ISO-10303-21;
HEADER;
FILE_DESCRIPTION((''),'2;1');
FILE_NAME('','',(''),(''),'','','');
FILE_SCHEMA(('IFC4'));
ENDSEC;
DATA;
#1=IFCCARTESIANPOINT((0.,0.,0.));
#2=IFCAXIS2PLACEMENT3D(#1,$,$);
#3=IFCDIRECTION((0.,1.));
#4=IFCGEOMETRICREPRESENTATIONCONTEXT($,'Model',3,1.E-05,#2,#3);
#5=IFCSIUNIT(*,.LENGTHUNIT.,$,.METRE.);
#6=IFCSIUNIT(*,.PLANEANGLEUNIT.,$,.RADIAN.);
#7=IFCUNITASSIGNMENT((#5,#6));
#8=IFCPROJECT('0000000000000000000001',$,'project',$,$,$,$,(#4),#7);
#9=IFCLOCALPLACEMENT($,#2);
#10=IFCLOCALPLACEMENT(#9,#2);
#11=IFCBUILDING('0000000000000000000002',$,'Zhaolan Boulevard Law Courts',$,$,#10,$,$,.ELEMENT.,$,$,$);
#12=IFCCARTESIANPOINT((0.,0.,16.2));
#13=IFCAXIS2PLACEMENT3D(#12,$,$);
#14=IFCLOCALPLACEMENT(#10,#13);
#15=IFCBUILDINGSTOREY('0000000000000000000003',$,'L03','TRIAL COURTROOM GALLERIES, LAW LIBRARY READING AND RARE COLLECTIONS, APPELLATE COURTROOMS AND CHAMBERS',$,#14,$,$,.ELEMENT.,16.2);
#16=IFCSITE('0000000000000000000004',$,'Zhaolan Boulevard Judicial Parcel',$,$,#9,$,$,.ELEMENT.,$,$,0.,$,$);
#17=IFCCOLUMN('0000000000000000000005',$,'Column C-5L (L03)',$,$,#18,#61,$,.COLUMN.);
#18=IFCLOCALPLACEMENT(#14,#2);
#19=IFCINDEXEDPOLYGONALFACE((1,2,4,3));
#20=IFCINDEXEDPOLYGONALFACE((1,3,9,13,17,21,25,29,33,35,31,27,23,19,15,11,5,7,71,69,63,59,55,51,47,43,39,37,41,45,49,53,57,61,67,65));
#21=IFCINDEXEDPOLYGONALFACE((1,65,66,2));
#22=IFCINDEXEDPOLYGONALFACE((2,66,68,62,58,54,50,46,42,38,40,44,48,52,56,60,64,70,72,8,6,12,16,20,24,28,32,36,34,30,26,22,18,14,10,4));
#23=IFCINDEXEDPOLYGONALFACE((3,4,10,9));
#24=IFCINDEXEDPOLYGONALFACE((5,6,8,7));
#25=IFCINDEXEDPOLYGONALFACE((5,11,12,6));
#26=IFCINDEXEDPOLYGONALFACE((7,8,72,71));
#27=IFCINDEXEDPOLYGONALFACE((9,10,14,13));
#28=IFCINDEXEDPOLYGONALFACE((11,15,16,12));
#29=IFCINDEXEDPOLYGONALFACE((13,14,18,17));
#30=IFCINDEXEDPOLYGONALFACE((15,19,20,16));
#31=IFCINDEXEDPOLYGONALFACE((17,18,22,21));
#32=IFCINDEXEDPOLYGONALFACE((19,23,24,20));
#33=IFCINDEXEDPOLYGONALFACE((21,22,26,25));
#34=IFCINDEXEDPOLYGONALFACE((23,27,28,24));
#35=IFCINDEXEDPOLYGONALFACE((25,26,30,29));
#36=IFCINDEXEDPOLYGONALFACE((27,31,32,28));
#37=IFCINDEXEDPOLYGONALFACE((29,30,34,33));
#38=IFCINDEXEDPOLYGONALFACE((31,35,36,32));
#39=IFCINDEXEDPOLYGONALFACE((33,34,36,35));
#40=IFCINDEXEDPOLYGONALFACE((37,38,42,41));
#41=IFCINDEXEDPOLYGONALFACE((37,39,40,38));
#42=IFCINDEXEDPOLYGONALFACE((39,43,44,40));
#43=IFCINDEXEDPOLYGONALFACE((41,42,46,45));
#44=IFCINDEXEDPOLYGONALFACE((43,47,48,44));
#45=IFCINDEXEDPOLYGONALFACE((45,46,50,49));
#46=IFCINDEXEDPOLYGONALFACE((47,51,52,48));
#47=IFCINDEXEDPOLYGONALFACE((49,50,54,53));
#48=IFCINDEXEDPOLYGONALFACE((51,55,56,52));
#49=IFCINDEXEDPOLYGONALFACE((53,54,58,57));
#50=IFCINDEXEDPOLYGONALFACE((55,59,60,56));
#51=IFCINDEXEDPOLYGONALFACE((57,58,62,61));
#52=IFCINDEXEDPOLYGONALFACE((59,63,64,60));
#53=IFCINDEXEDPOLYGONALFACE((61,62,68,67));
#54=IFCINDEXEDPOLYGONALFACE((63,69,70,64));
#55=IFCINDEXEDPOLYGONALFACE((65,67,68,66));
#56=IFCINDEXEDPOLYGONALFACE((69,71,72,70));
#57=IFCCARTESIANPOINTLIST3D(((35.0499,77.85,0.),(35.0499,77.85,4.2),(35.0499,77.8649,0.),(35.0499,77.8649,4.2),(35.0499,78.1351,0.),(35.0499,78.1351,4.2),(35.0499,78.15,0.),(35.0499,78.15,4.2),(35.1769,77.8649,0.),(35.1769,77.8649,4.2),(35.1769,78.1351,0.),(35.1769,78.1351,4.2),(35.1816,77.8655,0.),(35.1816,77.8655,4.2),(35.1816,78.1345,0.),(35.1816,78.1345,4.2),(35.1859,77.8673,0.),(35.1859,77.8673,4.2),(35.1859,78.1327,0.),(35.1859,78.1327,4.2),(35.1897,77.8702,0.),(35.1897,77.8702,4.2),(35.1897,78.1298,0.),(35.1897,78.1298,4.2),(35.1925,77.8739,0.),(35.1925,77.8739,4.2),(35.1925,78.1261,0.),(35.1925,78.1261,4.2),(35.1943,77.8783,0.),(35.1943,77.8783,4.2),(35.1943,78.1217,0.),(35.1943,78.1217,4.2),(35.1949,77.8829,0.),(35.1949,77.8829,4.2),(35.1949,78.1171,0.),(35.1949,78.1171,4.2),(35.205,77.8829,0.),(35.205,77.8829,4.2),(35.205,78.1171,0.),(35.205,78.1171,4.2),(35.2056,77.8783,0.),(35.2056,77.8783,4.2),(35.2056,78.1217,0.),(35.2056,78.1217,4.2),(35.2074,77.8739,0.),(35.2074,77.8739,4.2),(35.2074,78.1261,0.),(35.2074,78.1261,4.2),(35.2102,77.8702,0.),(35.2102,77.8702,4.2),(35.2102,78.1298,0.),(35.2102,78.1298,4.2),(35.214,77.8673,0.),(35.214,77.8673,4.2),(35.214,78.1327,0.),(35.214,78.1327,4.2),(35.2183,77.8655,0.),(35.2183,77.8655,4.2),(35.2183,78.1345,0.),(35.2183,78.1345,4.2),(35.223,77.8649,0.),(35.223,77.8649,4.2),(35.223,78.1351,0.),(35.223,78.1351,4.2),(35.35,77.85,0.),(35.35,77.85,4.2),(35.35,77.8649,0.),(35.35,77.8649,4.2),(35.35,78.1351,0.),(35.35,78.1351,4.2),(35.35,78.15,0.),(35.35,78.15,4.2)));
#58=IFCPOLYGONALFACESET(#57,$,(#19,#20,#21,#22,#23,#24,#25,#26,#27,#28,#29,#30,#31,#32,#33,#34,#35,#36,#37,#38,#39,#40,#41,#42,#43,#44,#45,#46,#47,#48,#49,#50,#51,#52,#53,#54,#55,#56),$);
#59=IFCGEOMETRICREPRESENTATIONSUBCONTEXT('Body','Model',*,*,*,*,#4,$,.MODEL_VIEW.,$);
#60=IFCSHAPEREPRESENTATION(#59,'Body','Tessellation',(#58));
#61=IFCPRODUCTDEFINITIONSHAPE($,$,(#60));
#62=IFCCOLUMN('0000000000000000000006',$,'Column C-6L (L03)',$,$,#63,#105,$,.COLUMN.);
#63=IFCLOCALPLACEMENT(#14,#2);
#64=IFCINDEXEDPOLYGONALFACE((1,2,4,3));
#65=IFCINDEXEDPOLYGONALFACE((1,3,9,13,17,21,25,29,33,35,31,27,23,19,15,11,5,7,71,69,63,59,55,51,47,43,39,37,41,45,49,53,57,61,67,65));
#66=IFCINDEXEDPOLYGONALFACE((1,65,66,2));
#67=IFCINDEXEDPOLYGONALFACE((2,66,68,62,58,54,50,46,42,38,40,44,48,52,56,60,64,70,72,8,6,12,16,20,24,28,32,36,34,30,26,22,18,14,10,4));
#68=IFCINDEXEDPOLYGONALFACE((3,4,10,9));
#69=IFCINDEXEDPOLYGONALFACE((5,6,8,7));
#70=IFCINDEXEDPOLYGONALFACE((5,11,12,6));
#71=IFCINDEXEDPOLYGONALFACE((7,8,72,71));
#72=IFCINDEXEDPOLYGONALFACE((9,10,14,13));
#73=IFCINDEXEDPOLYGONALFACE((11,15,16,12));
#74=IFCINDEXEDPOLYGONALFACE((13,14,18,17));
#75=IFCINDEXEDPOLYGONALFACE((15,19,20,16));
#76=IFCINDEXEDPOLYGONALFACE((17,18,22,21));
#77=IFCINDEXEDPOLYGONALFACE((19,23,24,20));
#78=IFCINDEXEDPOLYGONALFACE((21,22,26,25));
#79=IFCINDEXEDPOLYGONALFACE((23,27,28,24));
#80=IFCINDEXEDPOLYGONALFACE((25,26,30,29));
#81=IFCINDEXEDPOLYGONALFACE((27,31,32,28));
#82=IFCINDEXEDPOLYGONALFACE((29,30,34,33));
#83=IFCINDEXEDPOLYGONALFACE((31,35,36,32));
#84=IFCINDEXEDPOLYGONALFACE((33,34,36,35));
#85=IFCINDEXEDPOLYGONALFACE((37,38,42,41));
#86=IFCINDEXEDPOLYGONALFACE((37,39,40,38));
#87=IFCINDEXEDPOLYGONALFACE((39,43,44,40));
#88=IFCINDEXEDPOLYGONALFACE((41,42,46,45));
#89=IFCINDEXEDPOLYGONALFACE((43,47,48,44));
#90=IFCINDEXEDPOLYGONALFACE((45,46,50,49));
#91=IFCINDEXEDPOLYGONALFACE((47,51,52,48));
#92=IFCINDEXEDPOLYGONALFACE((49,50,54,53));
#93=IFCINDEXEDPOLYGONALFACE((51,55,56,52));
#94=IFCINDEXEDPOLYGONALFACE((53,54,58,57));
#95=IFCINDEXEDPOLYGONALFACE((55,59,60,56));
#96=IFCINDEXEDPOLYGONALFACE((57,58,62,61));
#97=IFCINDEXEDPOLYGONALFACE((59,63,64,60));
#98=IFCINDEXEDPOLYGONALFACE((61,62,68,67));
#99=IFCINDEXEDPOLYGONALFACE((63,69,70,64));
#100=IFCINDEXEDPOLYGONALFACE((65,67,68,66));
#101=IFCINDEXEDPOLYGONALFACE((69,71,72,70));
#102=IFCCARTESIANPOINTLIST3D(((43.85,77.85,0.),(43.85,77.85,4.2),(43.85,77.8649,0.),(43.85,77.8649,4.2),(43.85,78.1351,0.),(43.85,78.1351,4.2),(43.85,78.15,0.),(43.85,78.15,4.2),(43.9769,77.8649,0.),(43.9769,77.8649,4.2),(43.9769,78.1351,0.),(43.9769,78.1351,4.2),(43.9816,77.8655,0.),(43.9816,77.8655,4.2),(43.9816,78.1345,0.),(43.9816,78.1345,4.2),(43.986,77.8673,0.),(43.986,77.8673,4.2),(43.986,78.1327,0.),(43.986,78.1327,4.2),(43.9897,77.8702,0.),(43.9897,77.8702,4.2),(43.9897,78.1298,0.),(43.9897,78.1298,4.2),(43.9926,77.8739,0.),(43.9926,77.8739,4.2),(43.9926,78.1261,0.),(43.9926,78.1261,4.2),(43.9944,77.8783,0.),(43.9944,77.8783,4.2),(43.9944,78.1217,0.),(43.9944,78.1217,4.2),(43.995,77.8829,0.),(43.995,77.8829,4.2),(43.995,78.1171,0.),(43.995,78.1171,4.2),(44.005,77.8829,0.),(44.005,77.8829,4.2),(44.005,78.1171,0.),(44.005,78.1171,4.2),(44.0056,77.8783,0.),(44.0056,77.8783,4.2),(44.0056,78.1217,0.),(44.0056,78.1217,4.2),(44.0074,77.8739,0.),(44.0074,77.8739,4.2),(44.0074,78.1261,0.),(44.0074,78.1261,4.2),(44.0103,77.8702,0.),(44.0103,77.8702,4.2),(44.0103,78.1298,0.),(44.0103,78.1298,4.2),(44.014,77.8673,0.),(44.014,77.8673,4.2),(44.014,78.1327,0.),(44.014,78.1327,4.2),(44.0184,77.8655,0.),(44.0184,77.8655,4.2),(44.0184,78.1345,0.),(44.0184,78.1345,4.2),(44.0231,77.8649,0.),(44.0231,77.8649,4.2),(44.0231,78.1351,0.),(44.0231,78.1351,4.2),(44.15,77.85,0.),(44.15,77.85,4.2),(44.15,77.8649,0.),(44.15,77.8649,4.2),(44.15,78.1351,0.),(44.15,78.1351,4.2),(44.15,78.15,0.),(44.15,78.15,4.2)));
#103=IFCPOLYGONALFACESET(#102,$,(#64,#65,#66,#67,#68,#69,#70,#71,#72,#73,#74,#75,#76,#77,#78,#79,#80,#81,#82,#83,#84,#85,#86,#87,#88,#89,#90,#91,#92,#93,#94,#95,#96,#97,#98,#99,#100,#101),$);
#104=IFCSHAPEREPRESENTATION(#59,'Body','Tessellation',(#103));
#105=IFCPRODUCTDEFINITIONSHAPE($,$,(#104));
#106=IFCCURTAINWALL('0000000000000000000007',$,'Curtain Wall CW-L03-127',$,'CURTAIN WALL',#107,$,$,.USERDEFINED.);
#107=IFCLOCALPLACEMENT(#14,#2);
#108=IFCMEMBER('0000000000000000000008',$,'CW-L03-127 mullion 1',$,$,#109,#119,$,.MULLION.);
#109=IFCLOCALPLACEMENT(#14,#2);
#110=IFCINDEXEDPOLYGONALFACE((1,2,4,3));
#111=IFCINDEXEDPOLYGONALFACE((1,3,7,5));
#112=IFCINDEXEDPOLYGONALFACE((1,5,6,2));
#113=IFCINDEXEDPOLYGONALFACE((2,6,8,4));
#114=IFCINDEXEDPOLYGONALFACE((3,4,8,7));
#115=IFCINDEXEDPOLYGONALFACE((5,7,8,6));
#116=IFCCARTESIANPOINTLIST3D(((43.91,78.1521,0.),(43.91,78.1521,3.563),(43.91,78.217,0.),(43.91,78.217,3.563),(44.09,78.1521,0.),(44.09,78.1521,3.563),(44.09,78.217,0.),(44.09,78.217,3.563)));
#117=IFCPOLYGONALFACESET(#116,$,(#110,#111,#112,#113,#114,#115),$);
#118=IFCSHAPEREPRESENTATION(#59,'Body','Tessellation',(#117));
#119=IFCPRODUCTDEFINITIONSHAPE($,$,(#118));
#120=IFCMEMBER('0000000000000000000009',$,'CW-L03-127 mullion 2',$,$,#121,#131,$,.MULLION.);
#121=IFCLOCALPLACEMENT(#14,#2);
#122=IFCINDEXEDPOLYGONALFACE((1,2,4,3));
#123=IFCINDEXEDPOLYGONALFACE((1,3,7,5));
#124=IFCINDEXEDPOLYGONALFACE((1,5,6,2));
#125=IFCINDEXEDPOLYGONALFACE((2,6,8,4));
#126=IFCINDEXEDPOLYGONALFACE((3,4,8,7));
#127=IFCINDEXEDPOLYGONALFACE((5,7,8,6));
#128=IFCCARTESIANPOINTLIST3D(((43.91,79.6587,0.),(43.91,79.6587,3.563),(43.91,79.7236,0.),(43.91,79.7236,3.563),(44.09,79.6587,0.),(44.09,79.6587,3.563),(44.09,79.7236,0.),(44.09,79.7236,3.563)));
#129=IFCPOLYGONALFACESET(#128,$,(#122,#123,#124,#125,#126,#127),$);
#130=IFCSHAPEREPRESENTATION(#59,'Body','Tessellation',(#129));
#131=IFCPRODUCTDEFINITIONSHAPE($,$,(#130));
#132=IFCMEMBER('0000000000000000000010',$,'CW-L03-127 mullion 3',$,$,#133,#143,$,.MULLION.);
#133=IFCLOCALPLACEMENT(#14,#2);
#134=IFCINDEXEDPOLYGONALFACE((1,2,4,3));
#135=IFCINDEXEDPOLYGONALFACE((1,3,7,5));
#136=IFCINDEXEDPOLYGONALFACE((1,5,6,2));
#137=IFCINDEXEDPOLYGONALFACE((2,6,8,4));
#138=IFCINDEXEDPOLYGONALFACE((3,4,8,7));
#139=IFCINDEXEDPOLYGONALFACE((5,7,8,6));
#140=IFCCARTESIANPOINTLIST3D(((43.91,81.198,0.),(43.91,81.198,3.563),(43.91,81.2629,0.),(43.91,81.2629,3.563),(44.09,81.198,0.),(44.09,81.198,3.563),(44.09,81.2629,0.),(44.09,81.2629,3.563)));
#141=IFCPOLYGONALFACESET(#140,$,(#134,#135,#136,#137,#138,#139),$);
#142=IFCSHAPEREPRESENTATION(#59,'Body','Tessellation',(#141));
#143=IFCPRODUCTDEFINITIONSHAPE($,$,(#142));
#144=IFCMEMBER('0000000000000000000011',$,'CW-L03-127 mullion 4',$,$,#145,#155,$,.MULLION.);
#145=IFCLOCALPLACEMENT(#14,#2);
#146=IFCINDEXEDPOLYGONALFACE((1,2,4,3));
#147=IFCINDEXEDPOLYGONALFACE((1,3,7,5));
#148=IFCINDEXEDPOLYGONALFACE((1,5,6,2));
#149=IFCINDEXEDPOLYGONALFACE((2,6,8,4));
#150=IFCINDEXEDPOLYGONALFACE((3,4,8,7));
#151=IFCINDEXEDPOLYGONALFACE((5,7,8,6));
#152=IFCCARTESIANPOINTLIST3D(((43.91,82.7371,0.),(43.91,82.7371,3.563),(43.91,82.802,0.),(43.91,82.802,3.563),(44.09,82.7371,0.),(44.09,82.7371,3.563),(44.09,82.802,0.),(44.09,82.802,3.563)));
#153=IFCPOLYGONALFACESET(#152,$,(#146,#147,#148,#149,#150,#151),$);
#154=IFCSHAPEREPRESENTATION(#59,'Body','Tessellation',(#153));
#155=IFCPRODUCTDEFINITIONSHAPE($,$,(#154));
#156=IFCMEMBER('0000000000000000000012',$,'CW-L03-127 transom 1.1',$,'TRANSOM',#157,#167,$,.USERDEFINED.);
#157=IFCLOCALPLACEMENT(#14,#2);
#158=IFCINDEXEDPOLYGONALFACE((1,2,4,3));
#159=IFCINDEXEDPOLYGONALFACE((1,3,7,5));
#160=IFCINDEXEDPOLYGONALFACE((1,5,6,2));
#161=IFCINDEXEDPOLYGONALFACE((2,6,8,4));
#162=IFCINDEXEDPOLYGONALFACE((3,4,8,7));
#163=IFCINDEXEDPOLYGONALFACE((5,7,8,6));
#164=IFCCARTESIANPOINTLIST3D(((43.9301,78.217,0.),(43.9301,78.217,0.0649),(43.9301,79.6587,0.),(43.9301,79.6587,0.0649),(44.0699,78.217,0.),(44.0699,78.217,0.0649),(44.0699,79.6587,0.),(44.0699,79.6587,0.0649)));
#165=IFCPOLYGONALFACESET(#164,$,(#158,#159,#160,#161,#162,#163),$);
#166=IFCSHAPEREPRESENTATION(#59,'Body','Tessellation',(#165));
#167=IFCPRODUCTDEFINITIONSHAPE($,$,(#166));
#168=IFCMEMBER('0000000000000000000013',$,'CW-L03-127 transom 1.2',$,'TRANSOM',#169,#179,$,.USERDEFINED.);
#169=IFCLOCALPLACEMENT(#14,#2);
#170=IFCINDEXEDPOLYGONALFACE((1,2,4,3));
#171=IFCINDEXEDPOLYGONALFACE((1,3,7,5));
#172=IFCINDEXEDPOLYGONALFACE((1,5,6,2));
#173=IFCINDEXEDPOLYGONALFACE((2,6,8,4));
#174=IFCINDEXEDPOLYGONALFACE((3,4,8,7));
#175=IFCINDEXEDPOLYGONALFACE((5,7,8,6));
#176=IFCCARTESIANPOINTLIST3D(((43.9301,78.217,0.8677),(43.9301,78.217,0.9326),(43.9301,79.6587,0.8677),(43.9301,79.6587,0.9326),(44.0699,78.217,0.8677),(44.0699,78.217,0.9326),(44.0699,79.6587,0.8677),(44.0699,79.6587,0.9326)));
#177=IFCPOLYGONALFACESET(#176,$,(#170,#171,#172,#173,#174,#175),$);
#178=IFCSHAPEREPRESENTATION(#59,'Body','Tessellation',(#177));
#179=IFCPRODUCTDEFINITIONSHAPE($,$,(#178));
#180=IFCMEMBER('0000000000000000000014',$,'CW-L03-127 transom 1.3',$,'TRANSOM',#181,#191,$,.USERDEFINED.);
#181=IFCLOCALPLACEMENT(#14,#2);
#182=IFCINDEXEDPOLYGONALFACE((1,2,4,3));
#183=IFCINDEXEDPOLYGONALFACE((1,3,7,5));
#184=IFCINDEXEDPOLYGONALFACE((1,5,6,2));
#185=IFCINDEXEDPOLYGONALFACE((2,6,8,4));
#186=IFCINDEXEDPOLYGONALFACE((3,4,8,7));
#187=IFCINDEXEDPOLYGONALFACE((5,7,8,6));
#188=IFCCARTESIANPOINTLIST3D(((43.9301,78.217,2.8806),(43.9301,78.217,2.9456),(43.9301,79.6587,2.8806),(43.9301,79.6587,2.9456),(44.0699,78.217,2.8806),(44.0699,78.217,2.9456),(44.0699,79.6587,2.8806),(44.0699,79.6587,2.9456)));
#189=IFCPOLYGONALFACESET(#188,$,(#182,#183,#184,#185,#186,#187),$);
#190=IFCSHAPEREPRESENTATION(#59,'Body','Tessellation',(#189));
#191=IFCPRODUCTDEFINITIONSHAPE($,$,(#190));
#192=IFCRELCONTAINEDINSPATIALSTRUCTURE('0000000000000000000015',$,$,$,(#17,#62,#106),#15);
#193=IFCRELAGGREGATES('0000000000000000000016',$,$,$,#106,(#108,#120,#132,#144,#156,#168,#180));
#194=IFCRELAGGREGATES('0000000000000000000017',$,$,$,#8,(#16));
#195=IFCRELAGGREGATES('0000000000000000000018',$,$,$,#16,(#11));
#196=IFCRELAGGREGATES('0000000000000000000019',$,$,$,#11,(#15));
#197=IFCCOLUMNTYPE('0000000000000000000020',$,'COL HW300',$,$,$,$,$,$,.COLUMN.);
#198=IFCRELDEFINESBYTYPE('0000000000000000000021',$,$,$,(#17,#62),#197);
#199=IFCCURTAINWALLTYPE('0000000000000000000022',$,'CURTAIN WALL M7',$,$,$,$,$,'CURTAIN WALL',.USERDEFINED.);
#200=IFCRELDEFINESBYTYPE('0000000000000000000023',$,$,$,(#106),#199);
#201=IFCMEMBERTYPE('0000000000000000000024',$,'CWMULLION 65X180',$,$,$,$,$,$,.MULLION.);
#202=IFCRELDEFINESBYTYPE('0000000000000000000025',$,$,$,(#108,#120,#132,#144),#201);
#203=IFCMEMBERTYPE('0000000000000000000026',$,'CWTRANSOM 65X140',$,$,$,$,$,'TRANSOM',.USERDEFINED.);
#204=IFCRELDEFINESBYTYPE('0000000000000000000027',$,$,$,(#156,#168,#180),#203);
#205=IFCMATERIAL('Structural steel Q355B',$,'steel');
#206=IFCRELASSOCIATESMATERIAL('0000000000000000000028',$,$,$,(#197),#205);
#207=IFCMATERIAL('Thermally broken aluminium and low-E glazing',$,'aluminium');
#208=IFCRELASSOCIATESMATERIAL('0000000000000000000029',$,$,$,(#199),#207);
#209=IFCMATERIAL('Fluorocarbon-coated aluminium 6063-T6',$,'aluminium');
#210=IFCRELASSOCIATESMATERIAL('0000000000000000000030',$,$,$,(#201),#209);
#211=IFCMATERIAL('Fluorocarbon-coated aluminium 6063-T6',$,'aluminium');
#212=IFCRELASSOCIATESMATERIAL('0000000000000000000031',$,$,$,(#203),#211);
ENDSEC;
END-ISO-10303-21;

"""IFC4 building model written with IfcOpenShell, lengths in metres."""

from ifc_helpers import new_model, si_unit, direction, frame, origin, origin_2d, place, context, subcontext, project, spatial, rectangle, i_section, extrude, material, material_profile, profile_set, type_object, element, aggregate, save


model = new_model("IFC4")

# Units and contexts
model_context = context("Model", 3, precision=1e-05, world=origin(), true_north=direction((0.0, 1.0)))
body_context = subcontext(model_context, "Body", "Model", "MODEL_VIEW")
ifc_project = project(units=[si_unit("LENGTHUNIT", "METRE"), si_unit("PLANEANGLEUNIT", "RADIAN")], contexts=[model_context])

# Site, building, storey
site_placement = place(None, origin())
site = spatial("IfcSite", under=ifc_project, at=site_placement, Name="Zhaolan Boulevard Judicial Parcel", CompositionType="ELEMENT", RefElevation=0.0)
building_placement = place(site_placement, origin())
building = spatial("IfcBuilding", under=site, at=building_placement, Name="Zhaolan Boulevard Law Courts", CompositionType="ELEMENT")
storey_placement = place(building_placement, frame((0.0, 0.0, 16.2)))
storey = spatial("IfcBuildingStorey", under=building, at=storey_placement, Name="L03", Description="TRIAL COURTROOM GALLERIES, LAW LIBRARY READING AND RARE COLLECTIONS, APPELLATE COURTROOMS AND CHAMBERS", CompositionType="ELEMENT", Elevation=16.2)

# Columns
ifc_material_1 = material(Name="Structural steel Q355B", Category="steel")
ifc_material_profile_1 = material_profile(ifc_material_1, i_section(OverallWidth=0.3, OverallDepth=0.3, WebThickness=0.01, FlangeThickness=0.0149, FilletRadius=0.0181, at=origin_2d()), Name="HW300x300")
ifc_profile_set_1 = profile_set([ifc_material_profile_1], Name="Structural steel Q355B")
column_type = type_object("IfcColumnType", Name="COL HW300", PredefinedType="COLUMN", material=ifc_profile_set_1)
for number, where, z_axis, x_axis, name in (
    (1, (35.2, 78.0, 0.0), (0.0, 0.0, 1.0), (1.0, 0.0, 0.0), "Column C-5L (L03)"),
    (2, (44.0, 78.0, 0.0), (0.0, 0.0, 1.0), (1.0, 0.0, 0.0), "Column C-6L (L03)"),
):
    element("IfcColumn", number, at=place(storey_placement, frame(where, z_axis=z_axis, x_axis=x_axis)), inside=storey, type_object=column_type, Name=name, PredefinedType="COLUMN", context=body_context, shape_type="SweptSolid", body=[
        extrude(i_section(OverallWidth=0.3, OverallDepth=0.3, WebThickness=0.01, FlangeThickness=0.0149, FilletRadius=0.0181, at=origin_2d()), origin(), (0.0, 0.0, 1.0), 4.2),
    ])

# Curtain wall, members
ifc_material_2 = material(Name="Thermally broken aluminium and low-E glazing", Category="aluminium")
curtain_wall_type = type_object("IfcCurtainWallType", Name="CURTAIN WALL M7", ElementType="CURTAIN WALL", PredefinedType="USERDEFINED", material=ifc_material_2)
curtain_wall_placement = place(storey_placement, origin())
curtain_wall = element("IfcCurtainWall", 3, at=curtain_wall_placement, inside=storey, type_object=curtain_wall_type, Name="Curtain Wall CW-L03-127", ObjectType="CURTAIN WALL", PredefinedType="USERDEFINED")
ifc_material_3 = material(Name="Fluorocarbon-coated aluminium 6063-T6", Category="aluminium")
ifc_material_profile_2 = material_profile(ifc_material_3, rectangle(XDim=0.1799, YDim=0.0649, at=origin_2d()), Name="AL65x180")
ifc_profile_set_2 = profile_set([ifc_material_profile_2], Name="Fluorocarbon-coated aluminium 6063-T6")
member_type_1 = type_object("IfcMemberType", Name="CWMULLION 65X180", PredefinedType="MULLION", material=ifc_profile_set_2)
member_1_placement = place(storey_placement, frame((44.0, 78.1846, 0.0), z_axis=(0.0, 0.0, 1.0), x_axis=(-1.0, 0.0, 0.0)))
member_1 = element("IfcMember", 4, at=member_1_placement, type_object=member_type_1, Name="CW-L03-127 mullion 1", PredefinedType="MULLION", context=body_context, shape_type="SweptSolid", body=[
    extrude(rectangle(XDim=0.1799, YDim=0.0649, at=origin_2d()), origin(), (0.0, 0.0, 1.0), 3.563),
])
member_2_placement = place(storey_placement, frame((44.0, 79.6912, 0.0), z_axis=(0.0, 0.0, 1.0), x_axis=(-1.0, 0.0, 0.0)))
member_2 = element("IfcMember", 5, at=member_2_placement, type_object=member_type_1, Name="CW-L03-127 mullion 2", PredefinedType="MULLION", context=body_context, shape_type="SweptSolid", body=[
    extrude(rectangle(XDim=0.1799, YDim=0.0649, at=origin_2d()), origin(), (0.0, 0.0, 1.0), 3.563),
])
member_3_placement = place(storey_placement, frame((44.0, 81.2305, 0.0), z_axis=(0.0, 0.0, 1.0), x_axis=(-1.0, 0.0, 0.0)))
member_3 = element("IfcMember", 6, at=member_3_placement, type_object=member_type_1, Name="CW-L03-127 mullion 3", PredefinedType="MULLION", context=body_context, shape_type="SweptSolid", body=[
    extrude(rectangle(XDim=0.1799, YDim=0.0649, at=origin_2d()), origin(), (0.0, 0.0, 1.0), 3.563),
])
member_4_placement = place(storey_placement, frame((44.0, 82.7695, 0.0), z_axis=(0.0, 0.0, 1.0), x_axis=(-1.0, 0.0, 0.0)))
member_4 = element("IfcMember", 7, at=member_4_placement, type_object=member_type_1, Name="CW-L03-127 mullion 4", PredefinedType="MULLION", context=body_context, shape_type="SweptSolid", body=[
    extrude(rectangle(XDim=0.1799, YDim=0.0649, at=origin_2d()), origin(), (0.0, 0.0, 1.0), 3.563),
])
ifc_material_4 = material(Name="Fluorocarbon-coated aluminium 6063-T6", Category="aluminium")
ifc_material_profile_3 = material_profile(ifc_material_4, rectangle(XDim=0.1399, YDim=0.0649, at=origin_2d()), Name="AL65x140")
ifc_profile_set_3 = profile_set([ifc_material_profile_3], Name="Fluorocarbon-coated aluminium 6063-T6")
member_type_2 = type_object("IfcMemberType", Name="CWTRANSOM 65X140", ElementType="TRANSOM", PredefinedType="USERDEFINED", material=ifc_profile_set_3)
member_5_placement = place(storey_placement, frame((44.0, 78.217, 0.0325), z_axis=(0.0, 1.0, 0.0), x_axis=(-1.0, 0.0, 0.0)))
member_5 = element("IfcMember", 8, at=member_5_placement, type_object=member_type_2, Name="CW-L03-127 transom 1.1", ObjectType="TRANSOM", PredefinedType="USERDEFINED", context=body_context, shape_type="SweptSolid", body=[
    extrude(rectangle(XDim=0.1399, YDim=0.0649, at=origin_2d()), origin(), (0.0, 0.0, 1.0), 1.4417),
])
member_6_placement = place(storey_placement, frame((44.0, 78.217, 0.9001), z_axis=(0.0, 1.0, 0.0), x_axis=(-1.0, 0.0, 0.0)))
member_6 = element("IfcMember", 9, at=member_6_placement, type_object=member_type_2, Name="CW-L03-127 transom 1.2", ObjectType="TRANSOM", PredefinedType="USERDEFINED", context=body_context, shape_type="SweptSolid", body=[
    extrude(rectangle(XDim=0.1399, YDim=0.0649, at=origin_2d()), origin(), (0.0, 0.0, 1.0), 1.4417),
])
member_7_placement = place(storey_placement, frame((44.0, 78.217, 2.9131), z_axis=(0.0, 1.0, 0.0), x_axis=(-1.0, 0.0, 0.0)))
member_7 = element("IfcMember", 10, at=member_7_placement, type_object=member_type_2, Name="CW-L03-127 transom 1.3", ObjectType="TRANSOM", PredefinedType="USERDEFINED", context=body_context, shape_type="SweptSolid", body=[
    extrude(rectangle(XDim=0.1399, YDim=0.0649, at=origin_2d()), origin(), (0.0, 0.0, 1.0), 1.4417),
])

aggregate(curtain_wall, [member_1, member_2, member_3, member_4, member_5, member_6, member_7])

save(model, "model.ifc")
